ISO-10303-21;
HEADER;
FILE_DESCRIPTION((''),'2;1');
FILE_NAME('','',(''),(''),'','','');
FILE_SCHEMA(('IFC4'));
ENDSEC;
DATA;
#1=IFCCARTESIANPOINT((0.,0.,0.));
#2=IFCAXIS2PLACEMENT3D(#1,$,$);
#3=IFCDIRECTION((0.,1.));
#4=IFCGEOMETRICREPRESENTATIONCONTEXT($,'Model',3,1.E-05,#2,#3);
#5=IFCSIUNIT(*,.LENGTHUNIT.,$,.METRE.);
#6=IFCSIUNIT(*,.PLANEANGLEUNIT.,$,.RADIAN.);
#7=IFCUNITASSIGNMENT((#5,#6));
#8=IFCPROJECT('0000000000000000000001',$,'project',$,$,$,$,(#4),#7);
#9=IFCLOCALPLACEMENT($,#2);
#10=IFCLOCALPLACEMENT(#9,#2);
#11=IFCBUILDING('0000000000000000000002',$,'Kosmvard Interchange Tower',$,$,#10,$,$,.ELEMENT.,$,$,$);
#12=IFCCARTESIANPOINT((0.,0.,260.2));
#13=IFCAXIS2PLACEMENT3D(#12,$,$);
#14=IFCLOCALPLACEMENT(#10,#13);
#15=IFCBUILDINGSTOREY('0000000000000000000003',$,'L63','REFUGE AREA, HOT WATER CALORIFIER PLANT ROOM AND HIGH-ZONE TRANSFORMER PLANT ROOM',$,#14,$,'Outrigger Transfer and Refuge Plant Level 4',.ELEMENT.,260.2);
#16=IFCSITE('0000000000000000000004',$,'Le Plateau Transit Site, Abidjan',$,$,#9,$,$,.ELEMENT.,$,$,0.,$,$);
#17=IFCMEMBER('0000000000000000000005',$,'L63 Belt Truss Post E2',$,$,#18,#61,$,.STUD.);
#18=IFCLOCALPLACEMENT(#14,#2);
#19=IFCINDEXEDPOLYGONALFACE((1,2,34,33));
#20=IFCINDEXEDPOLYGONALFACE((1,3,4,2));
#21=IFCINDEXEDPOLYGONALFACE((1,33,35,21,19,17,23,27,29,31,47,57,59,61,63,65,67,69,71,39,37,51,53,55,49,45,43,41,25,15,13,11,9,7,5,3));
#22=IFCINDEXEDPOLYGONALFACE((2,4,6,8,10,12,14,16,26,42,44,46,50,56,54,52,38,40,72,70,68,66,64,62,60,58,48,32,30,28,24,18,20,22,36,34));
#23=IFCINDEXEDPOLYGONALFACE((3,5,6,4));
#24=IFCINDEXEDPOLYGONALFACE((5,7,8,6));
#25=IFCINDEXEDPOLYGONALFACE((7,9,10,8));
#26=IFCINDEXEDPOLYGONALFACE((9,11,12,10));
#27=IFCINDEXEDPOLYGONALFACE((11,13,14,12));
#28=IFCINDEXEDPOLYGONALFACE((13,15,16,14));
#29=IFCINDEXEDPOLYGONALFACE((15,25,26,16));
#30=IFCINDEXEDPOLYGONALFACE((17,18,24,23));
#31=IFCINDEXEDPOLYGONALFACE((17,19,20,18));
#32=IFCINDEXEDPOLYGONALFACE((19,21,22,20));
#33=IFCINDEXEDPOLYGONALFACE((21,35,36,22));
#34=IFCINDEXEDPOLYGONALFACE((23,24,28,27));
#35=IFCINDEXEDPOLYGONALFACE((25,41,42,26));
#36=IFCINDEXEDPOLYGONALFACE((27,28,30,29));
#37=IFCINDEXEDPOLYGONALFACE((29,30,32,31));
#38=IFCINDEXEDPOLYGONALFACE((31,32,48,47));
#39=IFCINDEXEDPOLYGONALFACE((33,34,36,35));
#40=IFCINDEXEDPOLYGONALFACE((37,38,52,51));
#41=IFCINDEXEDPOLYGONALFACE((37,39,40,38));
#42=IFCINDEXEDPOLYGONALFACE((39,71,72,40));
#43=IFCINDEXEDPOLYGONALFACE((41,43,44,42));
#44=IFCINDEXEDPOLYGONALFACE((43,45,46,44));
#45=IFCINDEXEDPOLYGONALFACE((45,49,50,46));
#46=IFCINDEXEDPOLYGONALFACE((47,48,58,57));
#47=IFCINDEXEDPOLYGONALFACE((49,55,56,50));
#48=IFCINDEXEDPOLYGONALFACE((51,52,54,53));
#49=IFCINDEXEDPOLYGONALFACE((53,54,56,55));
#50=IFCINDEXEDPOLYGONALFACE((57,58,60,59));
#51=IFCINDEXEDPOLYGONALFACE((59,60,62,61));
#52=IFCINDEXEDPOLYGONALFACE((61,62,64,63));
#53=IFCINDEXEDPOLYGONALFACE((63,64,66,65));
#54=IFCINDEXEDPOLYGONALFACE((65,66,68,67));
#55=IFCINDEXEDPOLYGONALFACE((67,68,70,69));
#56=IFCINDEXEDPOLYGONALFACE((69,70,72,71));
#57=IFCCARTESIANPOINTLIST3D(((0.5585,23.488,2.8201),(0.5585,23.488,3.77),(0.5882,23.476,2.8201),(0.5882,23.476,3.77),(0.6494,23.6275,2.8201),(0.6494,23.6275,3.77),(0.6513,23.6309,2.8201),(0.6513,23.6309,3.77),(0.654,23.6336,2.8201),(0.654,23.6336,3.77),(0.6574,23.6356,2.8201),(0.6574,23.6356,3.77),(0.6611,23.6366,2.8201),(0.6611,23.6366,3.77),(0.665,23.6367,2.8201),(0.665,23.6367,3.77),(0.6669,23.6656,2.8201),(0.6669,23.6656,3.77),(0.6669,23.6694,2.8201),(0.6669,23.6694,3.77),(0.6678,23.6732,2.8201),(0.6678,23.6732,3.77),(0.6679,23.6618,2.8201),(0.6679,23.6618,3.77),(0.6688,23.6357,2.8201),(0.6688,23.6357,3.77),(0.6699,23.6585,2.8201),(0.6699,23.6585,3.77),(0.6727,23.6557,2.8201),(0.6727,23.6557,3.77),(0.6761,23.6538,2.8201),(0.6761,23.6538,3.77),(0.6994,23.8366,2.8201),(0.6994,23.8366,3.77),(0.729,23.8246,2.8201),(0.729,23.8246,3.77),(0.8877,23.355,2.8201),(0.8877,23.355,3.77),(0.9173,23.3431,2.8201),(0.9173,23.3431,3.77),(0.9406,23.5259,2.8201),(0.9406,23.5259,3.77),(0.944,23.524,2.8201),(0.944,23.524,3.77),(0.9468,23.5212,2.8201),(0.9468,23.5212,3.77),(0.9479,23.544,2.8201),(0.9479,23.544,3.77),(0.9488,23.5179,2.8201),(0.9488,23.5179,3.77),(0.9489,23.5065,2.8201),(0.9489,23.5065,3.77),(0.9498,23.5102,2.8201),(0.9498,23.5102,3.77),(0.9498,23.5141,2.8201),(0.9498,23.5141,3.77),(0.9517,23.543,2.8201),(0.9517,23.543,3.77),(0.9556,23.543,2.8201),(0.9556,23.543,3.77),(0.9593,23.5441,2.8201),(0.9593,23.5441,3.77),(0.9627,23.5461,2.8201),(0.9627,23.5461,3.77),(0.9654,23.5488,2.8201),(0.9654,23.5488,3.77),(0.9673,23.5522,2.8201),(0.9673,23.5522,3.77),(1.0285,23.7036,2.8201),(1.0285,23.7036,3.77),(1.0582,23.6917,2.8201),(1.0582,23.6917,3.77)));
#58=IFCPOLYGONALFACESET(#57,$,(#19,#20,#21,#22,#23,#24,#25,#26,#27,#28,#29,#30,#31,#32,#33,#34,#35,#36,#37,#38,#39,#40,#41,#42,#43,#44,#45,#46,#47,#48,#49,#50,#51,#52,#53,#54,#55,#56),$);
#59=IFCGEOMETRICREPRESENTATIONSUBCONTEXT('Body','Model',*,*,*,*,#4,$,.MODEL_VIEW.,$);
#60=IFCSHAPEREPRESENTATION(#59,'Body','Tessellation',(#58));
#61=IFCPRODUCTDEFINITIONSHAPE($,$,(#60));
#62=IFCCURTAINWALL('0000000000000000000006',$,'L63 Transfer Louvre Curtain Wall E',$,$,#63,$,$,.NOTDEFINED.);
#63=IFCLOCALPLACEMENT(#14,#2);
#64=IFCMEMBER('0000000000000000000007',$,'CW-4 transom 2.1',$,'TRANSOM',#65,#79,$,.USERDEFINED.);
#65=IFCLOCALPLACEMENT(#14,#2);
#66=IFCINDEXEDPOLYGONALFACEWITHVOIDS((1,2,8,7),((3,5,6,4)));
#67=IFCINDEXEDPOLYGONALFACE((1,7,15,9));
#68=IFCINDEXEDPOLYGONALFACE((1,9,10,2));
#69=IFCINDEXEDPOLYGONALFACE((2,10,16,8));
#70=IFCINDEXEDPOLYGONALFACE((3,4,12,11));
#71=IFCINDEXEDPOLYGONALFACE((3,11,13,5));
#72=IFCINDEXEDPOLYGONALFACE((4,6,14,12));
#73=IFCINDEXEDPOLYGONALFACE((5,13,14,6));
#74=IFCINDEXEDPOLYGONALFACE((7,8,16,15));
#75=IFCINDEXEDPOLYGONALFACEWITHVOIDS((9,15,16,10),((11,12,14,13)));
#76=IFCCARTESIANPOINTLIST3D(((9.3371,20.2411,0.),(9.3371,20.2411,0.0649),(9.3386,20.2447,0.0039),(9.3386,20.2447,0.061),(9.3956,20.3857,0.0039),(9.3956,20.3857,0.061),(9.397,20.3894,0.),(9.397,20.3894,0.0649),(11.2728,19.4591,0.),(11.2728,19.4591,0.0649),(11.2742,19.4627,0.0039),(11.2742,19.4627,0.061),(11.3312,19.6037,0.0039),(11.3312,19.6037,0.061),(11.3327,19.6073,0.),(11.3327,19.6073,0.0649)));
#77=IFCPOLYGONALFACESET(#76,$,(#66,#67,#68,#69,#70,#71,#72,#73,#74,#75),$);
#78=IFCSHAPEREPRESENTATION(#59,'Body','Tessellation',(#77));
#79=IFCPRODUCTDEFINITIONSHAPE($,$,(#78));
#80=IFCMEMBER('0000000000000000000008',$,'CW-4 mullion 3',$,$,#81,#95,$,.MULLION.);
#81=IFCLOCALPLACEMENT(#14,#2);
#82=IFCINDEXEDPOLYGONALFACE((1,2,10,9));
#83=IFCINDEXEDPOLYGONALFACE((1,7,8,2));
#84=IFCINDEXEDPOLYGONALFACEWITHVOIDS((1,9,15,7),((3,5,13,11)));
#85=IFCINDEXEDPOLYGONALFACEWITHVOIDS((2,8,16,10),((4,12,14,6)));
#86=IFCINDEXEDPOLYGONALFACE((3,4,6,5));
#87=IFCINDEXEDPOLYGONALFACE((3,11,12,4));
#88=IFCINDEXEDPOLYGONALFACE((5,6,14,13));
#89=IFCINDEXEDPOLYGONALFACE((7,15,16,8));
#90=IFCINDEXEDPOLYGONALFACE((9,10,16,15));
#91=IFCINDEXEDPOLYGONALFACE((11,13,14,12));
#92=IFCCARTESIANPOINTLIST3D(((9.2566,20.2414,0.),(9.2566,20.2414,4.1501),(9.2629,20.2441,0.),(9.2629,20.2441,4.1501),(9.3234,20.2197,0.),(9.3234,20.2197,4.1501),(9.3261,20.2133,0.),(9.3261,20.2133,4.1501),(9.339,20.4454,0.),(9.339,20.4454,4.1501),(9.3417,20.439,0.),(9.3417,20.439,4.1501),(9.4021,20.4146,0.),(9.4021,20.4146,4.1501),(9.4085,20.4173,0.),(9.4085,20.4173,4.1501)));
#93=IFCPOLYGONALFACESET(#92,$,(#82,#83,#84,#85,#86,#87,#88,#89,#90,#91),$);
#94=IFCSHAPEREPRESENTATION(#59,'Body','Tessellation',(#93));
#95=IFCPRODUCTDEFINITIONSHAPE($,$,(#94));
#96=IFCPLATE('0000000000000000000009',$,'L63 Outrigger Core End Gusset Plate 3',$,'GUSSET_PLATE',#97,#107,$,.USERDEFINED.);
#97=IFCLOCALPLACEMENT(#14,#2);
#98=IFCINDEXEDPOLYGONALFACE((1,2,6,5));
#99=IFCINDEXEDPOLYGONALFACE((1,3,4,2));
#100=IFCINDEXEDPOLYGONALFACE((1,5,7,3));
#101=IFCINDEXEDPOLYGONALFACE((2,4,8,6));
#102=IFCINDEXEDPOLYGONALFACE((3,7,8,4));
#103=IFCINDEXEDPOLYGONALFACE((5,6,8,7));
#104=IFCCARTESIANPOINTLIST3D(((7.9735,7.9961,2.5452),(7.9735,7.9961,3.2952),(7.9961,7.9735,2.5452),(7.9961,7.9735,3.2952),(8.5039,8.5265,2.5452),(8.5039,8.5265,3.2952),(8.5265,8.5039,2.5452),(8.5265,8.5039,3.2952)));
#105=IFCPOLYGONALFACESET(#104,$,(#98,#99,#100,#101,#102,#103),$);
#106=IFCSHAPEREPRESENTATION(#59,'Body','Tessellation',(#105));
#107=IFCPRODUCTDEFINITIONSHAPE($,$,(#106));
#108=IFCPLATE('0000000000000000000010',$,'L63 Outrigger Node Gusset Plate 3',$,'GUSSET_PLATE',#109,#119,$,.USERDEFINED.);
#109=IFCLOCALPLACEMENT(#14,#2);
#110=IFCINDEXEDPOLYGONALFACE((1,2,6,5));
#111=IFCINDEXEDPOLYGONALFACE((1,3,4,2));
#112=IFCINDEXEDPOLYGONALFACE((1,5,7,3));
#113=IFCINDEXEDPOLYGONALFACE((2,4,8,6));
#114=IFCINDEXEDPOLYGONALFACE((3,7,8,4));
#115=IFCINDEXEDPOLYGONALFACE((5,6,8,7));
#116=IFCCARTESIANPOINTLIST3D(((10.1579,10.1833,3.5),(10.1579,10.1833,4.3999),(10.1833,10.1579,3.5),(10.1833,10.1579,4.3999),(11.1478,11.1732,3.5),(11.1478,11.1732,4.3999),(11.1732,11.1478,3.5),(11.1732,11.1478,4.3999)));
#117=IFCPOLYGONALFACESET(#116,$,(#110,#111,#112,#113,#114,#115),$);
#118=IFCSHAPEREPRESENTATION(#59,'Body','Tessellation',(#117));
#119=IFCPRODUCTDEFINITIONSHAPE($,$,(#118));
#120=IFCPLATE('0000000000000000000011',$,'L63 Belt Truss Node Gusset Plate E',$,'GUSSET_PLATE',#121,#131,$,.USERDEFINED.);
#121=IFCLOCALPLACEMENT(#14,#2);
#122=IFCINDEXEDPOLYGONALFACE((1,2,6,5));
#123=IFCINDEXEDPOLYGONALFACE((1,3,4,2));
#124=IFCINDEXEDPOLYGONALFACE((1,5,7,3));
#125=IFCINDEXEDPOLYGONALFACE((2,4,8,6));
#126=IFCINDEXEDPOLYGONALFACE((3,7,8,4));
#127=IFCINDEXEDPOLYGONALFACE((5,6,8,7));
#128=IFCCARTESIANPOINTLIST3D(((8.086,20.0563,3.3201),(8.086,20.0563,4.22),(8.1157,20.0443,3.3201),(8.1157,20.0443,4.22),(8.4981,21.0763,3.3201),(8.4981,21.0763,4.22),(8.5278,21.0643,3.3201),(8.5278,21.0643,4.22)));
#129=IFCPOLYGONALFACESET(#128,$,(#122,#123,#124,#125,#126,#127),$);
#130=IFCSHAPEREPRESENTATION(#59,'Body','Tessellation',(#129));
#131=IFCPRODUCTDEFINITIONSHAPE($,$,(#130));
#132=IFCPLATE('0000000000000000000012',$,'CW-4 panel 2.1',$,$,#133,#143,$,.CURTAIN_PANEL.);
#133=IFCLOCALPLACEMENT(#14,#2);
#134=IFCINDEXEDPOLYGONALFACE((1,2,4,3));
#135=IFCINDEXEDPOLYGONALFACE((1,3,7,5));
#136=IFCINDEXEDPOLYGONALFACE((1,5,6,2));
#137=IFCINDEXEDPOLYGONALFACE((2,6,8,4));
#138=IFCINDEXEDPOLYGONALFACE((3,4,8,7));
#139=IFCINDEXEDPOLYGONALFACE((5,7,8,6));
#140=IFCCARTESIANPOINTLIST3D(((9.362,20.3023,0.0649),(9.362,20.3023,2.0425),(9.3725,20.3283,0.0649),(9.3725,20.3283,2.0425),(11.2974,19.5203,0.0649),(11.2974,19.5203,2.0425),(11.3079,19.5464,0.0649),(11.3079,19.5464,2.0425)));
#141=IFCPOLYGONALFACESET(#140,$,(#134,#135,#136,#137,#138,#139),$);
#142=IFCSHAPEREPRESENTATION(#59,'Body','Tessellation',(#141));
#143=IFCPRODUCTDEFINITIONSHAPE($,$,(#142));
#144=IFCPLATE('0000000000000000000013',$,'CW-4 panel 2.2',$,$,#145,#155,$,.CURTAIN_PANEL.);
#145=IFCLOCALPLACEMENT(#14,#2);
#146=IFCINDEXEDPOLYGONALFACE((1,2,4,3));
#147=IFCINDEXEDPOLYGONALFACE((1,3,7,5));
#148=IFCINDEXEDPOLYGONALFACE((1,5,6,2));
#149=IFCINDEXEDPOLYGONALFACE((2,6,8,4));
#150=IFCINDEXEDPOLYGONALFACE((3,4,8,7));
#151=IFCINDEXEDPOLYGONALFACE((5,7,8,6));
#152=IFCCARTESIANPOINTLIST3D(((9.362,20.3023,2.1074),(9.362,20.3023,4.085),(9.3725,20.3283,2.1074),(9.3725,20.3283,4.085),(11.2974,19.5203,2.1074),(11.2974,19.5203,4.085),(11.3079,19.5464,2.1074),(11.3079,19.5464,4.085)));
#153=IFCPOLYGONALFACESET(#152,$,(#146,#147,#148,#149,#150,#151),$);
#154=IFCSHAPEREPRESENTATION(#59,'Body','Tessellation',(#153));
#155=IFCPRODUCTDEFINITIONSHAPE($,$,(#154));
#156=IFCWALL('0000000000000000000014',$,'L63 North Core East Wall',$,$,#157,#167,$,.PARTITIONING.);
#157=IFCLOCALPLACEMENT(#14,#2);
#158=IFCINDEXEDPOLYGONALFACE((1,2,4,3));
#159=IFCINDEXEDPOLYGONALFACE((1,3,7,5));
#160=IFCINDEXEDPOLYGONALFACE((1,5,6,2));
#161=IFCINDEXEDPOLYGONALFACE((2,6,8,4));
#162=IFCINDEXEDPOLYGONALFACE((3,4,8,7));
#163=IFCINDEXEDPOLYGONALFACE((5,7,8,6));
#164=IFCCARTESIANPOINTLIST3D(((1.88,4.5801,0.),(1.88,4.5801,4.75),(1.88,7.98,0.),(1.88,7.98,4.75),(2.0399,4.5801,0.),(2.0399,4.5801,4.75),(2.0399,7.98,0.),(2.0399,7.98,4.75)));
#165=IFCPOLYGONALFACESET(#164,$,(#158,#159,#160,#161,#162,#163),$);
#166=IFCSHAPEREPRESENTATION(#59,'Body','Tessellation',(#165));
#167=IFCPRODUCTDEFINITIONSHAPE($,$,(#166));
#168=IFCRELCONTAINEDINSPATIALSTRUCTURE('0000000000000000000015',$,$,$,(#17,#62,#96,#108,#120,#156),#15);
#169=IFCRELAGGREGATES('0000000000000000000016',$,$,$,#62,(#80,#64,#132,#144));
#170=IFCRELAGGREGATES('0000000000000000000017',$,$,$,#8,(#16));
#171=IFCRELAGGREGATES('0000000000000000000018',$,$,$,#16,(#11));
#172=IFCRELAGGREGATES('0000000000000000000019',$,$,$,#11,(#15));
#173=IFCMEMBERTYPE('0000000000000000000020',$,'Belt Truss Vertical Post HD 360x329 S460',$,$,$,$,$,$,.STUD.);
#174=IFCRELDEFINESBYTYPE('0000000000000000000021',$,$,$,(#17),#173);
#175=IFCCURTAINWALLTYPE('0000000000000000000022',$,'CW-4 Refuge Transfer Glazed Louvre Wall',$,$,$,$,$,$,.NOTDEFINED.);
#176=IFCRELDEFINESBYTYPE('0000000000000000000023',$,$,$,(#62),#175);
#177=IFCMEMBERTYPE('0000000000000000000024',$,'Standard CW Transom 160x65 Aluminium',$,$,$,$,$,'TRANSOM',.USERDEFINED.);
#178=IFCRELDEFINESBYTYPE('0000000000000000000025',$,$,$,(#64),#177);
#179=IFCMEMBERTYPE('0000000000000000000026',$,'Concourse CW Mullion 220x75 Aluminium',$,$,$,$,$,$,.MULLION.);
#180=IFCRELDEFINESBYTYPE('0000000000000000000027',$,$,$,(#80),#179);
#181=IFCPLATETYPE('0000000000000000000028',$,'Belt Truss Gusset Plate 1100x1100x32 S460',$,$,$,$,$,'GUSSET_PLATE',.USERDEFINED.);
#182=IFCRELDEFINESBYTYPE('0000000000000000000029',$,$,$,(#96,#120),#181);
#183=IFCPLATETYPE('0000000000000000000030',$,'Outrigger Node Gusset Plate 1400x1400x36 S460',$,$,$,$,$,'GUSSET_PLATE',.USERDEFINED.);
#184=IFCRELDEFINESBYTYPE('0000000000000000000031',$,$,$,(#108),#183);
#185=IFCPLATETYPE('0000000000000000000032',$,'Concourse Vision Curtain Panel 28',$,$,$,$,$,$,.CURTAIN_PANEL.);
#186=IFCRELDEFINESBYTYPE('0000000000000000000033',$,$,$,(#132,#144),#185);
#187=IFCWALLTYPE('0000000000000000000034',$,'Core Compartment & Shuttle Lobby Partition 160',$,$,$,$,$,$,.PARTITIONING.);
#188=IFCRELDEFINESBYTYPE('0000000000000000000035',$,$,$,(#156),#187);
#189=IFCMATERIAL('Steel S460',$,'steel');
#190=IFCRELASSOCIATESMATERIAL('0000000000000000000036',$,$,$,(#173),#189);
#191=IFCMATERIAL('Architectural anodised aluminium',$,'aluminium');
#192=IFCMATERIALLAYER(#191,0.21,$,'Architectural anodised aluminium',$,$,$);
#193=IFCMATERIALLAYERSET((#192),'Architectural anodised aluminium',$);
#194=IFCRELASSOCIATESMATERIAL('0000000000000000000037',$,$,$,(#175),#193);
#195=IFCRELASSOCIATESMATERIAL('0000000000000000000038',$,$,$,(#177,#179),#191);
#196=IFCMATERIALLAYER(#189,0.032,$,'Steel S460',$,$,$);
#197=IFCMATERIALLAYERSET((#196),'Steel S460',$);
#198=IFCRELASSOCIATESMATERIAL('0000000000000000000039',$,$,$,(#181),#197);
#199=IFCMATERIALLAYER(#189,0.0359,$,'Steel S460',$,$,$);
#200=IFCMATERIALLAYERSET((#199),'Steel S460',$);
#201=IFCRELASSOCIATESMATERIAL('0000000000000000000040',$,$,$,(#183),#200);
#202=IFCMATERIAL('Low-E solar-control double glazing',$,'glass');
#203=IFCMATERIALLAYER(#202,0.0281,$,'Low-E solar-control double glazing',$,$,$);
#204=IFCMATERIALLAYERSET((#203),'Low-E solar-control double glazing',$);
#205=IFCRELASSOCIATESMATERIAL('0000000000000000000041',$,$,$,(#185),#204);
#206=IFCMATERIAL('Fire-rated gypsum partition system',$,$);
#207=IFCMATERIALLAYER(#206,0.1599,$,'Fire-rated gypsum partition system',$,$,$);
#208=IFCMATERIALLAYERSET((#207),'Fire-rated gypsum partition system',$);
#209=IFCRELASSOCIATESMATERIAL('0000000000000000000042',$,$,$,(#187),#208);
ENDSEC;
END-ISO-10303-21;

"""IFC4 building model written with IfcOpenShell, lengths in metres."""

from ifc_helpers import new_model, si_unit, direction, frame, frame_2d, origin, origin_2d, place, context, subcontext, project, spatial, rectangle, hollow_rectangle, i_section, extrude, source, transform, mapped, material, layer, layer_set, material_profile, profile_set, type_object, element, aggregate, save


model = new_model("IFC4")

# Units and contexts
model_context = context("Model", 3, precision=1e-05, world=origin(), true_north=direction((0.0, 1.0)))
body_context = subcontext(model_context, "Body", "Model", "MODEL_VIEW")
ifc_project = project(units=[si_unit("LENGTHUNIT", "METRE"), si_unit("PLANEANGLEUNIT", "RADIAN")], contexts=[model_context])

# Site, building, storey
site_placement = place(None, origin())
site = spatial("IfcSite", under=ifc_project, at=site_placement, Name="Le Plateau Transit Site, Abidjan", CompositionType="ELEMENT", RefElevation=0.0)
building_placement = place(site_placement, origin())
building = spatial("IfcBuilding", under=site, at=building_placement, Name="Kosmvard Interchange Tower", CompositionType="ELEMENT")
storey_placement = place(building_placement, frame((0.0, 0.0, 260.2)))
storey = spatial("IfcBuildingStorey", under=building, at=storey_placement, Name="L63", Description="REFUGE AREA, HOT WATER CALORIFIER PLANT ROOM AND HIGH-ZONE TRANSFORMER PLANT ROOM", LongName="Outrigger Transfer and Refuge Plant Level 4", CompositionType="ELEMENT", Elevation=260.2)

# Shared definitions
ifc_material_1 = material(Name="Steel S460", Category="steel")

# Member
ifc_material_profile_1 = material_profile(ifc_material_1, i_section(OverallWidth=0.376, OverallDepth=0.387, WebThickness=0.0195, FlangeThickness=0.032, FilletRadius=0.0149, at=origin_2d()), Name="HD 360x329")
ifc_profile_set_1 = profile_set([ifc_material_profile_1], Name="Steel S460")
member_type_1 = type_object("IfcMemberType", Name="Belt Truss Vertical Post HD 360x329 S460", PredefinedType="STUD", material=ifc_profile_set_1)
shared_shape_1 = source(origin(), body_context, "Body", "SweptSolid", [
    extrude(i_section(OverallWidth=0.376, OverallDepth=0.387, WebThickness=0.0195, FlangeThickness=0.032, FilletRadius=0.0149, at=origin_2d()), origin(), (0.0, 0.0, 1.0), 0.95),
])
member_1_placement = place(storey_placement, frame((0.8083, 23.5898, 2.8201), z_axis=(0.0, 0.0, 1.0), x_axis=(0.374607, 0.927184, 0.0)))
element("IfcMember", 1, at=member_1_placement, inside=storey, type_object=member_type_1, Name="L63 Belt Truss Post E2", PredefinedType="STUD", context=body_context, shape_type="MappedRepresentation", body=[
    mapped(shared_shape_1, transform((0.0, 0.0, 0.0), scale=1.0)),
])

# Curtain wall, members
ifc_material_2 = material(Name="Architectural anodised aluminium", Category="aluminium")
ifc_layer_1 = layer(ifc_material_2, 0.21, Name="Architectural anodised aluminium")
ifc_layer_set_1 = layer_set([ifc_layer_1], Name="Architectural anodised aluminium")
curtain_wall_type = type_object("IfcCurtainWallType", Name="CW-4 Refuge Transfer Glazed Louvre Wall", PredefinedType="NOTDEFINED", material=ifc_layer_set_1)
curtain_wall_placement = place(storey_placement, origin())
curtain_wall = element("IfcCurtainWall", 2, at=curtain_wall_placement, inside=storey, type_object=curtain_wall_type, Name="L63 Transfer Louvre Curtain Wall E", PredefinedType="NOTDEFINED")
ifc_material_profile_2 = material_profile(ifc_material_2, hollow_rectangle(XDim=0.1599, YDim=0.0649, WallThickness=0.0039, at=origin_2d()), Name="CWT 160x65x4")
ifc_profile_set_2 = profile_set([ifc_material_profile_2], Name="Architectural anodised aluminium")
member_type_2 = type_object("IfcMemberType", Name="Standard CW Transom 160x65 Aluminium", ElementType="TRANSOM", PredefinedType="USERDEFINED", material=ifc_profile_set_2)
shared_shape_2 = source(origin(), body_context, "Body", "SweptSolid", [
    extrude(hollow_rectangle(XDim=0.1599, YDim=0.0649, WallThickness=0.0039, at=origin_2d()), origin(), (0.0, 0.0, 1.0), 2.0876),
])
member_2_placement = place(storey_placement, frame((11.3027, 19.5332, 0.0325), z_axis=(-0.927189, 0.374595, 0.0), x_axis=(-0.374595, -0.927189, 0.0)))
member_2 = element("IfcMember", 3, at=member_2_placement, type_object=member_type_2, Name="CW-4 transom 2.1", ObjectType="TRANSOM", PredefinedType="USERDEFINED", context=body_context, shape_type="MappedRepresentation", body=[
    mapped(shared_shape_2, transform((0.0, 0.0, 0.0), scale=1.0)),
])
ifc_material_profile_3 = material_profile(ifc_material_2, hollow_rectangle(XDim=0.22, YDim=0.075, WallThickness=0.0049, at=origin_2d()), Name="CWM 220x75x5")
ifc_profile_set_3 = profile_set([ifc_material_profile_3], Name="Architectural anodised aluminium")
member_type_3 = type_object("IfcMemberType", Name="Concourse CW Mullion 220x75 Aluminium", PredefinedType="MULLION", material=ifc_profile_set_3)
shared_shape_3 = source(origin(), body_context, "Body", "SweptSolid", [
    extrude(hollow_rectangle(XDim=0.22, YDim=0.075, WallThickness=0.0049, at=origin_2d()), origin(), (0.0, 0.0, 1.0), 4.1501),
])
member_3_placement = place(storey_placement, frame((9.3325, 20.3293, 0.0), z_axis=(0.0, 0.0, 1.0), x_axis=(-0.374607, -0.927184, 0.0)))
member_3 = element("IfcMember", 4, at=member_3_placement, type_object=member_type_3, Name="CW-4 mullion 3", PredefinedType="MULLION", context=body_context, shape_type="MappedRepresentation", body=[
    mapped(shared_shape_3, transform((0.0, 0.0, 0.0), scale=1.0)),
])

# Plates
ifc_layer_2 = layer(ifc_material_1, 0.032, Name="Steel S460")
ifc_layer_set_2 = layer_set([ifc_layer_2], Name="Steel S460")
plate_type_1 = type_object("IfcPlateType", Name="Belt Truss Gusset Plate 1100x1100x32 S460", ElementType="GUSSET_PLATE", PredefinedType="USERDEFINED", material=ifc_layer_set_2)
shared_shape_4 = source(origin(), body_context, "Body", "SweptSolid", [
    extrude(rectangle(XDim=0.75, YDim=0.032, at=origin_2d()), origin(), (0.0, 0.0, 1.0), 0.75),
])
plate_1_placement = place(storey_placement, frame((8.25, 8.25, 2.5452), z_axis=(0.0, 0.0, 1.0), x_axis=(0.707107, 0.707107, 0.0)))
element("IfcPlate", 5, at=plate_1_placement, inside=storey, type_object=plate_type_1, Name="L63 Outrigger Core End Gusset Plate 3", ObjectType="GUSSET_PLATE", PredefinedType="USERDEFINED", context=body_context, shape_type="MappedRepresentation", body=[
    mapped(shared_shape_4, transform((0.0, 0.0, 0.0), scale=1.0)),
])
ifc_layer_3 = layer(ifc_material_1, 0.0359, Name="Steel S460")
ifc_layer_set_3 = layer_set([ifc_layer_3], Name="Steel S460")
plate_type_2 = type_object("IfcPlateType", Name="Outrigger Node Gusset Plate 1400x1400x36 S460", ElementType="GUSSET_PLATE", PredefinedType="USERDEFINED", material=ifc_layer_set_3)
shared_shape_5 = source(origin(), body_context, "Body", "SweptSolid", [
    extrude(rectangle(XDim=1.3999, YDim=0.0359, at=origin_2d()), origin(), (0.0, 0.0, 1.0), 0.8999),
])
plate_2_placement = place(storey_placement, frame((10.6655, 10.6655, 3.5), z_axis=(0.0, 0.0, 1.0), x_axis=(0.707107, 0.707107, 0.0)))
element("IfcPlate", 6, at=plate_2_placement, inside=storey, type_object=plate_type_2, Name="L63 Outrigger Node Gusset Plate 3", ObjectType="GUSSET_PLATE", PredefinedType="USERDEFINED", context=body_context, shape_type="MappedRepresentation", body=[
    mapped(shared_shape_5, transform((0.0, 0.0, 0.0), scale=1.0)),
])
shared_shape_6 = source(origin(), body_context, "Body", "SweptSolid", [
    extrude(rectangle(XDim=1.1001, YDim=0.032, at=origin_2d()), origin(), (0.0, 0.0, 1.0), 0.8999),
])
plate_3_placement = place(storey_placement, frame((8.3069, 20.5603, 3.3201), z_axis=(0.0, 0.0, 1.0), x_axis=(0.374607, 0.927184, 0.0)))
element("IfcPlate", 7, at=plate_3_placement, inside=storey, type_object=plate_type_1, Name="L63 Belt Truss Node Gusset Plate E", ObjectType="GUSSET_PLATE", PredefinedType="USERDEFINED", context=body_context, shape_type="MappedRepresentation", body=[
    mapped(shared_shape_6, transform((0.0, 0.0, 0.0), scale=1.0)),
])

# Plates
ifc_material_3 = material(Name="Low-E solar-control double glazing", Category="glass")
ifc_layer_4 = layer(ifc_material_3, 0.0281, Name="Low-E solar-control double glazing")
ifc_layer_set_4 = layer_set([ifc_layer_4], Name="Low-E solar-control double glazing")
plate_type_3 = type_object("IfcPlateType", Name="Concourse Vision Curtain Panel 28", PredefinedType="CURTAIN_PANEL", material=ifc_layer_set_4)
shared_shape_7 = source(origin(), body_context, "Body", "SweptSolid", [
    extrude(rectangle(XDim=2.0874, YDim=0.0281, at=origin_2d()), origin(), (0.0, 0.0, 1.0), 1.9775),
])
plate_4_placement = place(storey_placement, frame((10.335, 19.9243, 0.0649), z_axis=(0.0, 0.0, 1.0), x_axis=(-0.927184, 0.374607, 0.0)))
plate_4 = element("IfcPlate", 8, at=plate_4_placement, type_object=plate_type_3, Name="CW-4 panel 2.1", PredefinedType="CURTAIN_PANEL", context=body_context, shape_type="MappedRepresentation", body=[
    mapped(shared_shape_7, transform((0.0, 0.0, 0.0), scale=1.0)),
])
plate_5_placement = place(storey_placement, frame((10.335, 19.9243, 2.1074), z_axis=(0.0, 0.0, 1.0), x_axis=(-0.927184, 0.374607, 0.0)))
plate_5 = element("IfcPlate", 9, at=plate_5_placement, type_object=plate_type_3, Name="CW-4 panel 2.2", PredefinedType="CURTAIN_PANEL", context=body_context, shape_type="MappedRepresentation", body=[
    mapped(shared_shape_7, transform((0.0, 0.0, 0.0), scale=1.0)),
])
aggregate(curtain_wall, [member_3, member_2, plate_4, plate_5])

# Wall
ifc_material_4 = material(Name="Fire-rated gypsum partition system")
ifc_layer_5 = layer(ifc_material_4, 0.1599, Name="Fire-rated gypsum partition system")
ifc_layer_set_5 = layer_set([ifc_layer_5], Name="Fire-rated gypsum partition system")
wall_type_1 = type_object("IfcWallType", Name="Core Compartment & Shuttle Lobby Partition 160", PredefinedType="PARTITIONING", material=ifc_layer_set_5)
wall_1_placement = place(storey_placement, frame((1.96, 4.5801, 0.0), z_axis=(0.0, 0.0, 1.0), x_axis=(0.0, 1.0, 0.0)))
element("IfcWall", 10, at=wall_1_placement, inside=storey, type_object=wall_type_1, Name="L63 North Core East Wall", PredefinedType="PARTITIONING", context=body_context, shape_type="SweptSolid", body=[
    extrude(rectangle(XDim=3.3999, YDim=0.1599, at=frame_2d((1.7, 0.0))), origin(), (0.0, 0.0, 1.0), 4.75),
])

save(model, "model.ifc")
